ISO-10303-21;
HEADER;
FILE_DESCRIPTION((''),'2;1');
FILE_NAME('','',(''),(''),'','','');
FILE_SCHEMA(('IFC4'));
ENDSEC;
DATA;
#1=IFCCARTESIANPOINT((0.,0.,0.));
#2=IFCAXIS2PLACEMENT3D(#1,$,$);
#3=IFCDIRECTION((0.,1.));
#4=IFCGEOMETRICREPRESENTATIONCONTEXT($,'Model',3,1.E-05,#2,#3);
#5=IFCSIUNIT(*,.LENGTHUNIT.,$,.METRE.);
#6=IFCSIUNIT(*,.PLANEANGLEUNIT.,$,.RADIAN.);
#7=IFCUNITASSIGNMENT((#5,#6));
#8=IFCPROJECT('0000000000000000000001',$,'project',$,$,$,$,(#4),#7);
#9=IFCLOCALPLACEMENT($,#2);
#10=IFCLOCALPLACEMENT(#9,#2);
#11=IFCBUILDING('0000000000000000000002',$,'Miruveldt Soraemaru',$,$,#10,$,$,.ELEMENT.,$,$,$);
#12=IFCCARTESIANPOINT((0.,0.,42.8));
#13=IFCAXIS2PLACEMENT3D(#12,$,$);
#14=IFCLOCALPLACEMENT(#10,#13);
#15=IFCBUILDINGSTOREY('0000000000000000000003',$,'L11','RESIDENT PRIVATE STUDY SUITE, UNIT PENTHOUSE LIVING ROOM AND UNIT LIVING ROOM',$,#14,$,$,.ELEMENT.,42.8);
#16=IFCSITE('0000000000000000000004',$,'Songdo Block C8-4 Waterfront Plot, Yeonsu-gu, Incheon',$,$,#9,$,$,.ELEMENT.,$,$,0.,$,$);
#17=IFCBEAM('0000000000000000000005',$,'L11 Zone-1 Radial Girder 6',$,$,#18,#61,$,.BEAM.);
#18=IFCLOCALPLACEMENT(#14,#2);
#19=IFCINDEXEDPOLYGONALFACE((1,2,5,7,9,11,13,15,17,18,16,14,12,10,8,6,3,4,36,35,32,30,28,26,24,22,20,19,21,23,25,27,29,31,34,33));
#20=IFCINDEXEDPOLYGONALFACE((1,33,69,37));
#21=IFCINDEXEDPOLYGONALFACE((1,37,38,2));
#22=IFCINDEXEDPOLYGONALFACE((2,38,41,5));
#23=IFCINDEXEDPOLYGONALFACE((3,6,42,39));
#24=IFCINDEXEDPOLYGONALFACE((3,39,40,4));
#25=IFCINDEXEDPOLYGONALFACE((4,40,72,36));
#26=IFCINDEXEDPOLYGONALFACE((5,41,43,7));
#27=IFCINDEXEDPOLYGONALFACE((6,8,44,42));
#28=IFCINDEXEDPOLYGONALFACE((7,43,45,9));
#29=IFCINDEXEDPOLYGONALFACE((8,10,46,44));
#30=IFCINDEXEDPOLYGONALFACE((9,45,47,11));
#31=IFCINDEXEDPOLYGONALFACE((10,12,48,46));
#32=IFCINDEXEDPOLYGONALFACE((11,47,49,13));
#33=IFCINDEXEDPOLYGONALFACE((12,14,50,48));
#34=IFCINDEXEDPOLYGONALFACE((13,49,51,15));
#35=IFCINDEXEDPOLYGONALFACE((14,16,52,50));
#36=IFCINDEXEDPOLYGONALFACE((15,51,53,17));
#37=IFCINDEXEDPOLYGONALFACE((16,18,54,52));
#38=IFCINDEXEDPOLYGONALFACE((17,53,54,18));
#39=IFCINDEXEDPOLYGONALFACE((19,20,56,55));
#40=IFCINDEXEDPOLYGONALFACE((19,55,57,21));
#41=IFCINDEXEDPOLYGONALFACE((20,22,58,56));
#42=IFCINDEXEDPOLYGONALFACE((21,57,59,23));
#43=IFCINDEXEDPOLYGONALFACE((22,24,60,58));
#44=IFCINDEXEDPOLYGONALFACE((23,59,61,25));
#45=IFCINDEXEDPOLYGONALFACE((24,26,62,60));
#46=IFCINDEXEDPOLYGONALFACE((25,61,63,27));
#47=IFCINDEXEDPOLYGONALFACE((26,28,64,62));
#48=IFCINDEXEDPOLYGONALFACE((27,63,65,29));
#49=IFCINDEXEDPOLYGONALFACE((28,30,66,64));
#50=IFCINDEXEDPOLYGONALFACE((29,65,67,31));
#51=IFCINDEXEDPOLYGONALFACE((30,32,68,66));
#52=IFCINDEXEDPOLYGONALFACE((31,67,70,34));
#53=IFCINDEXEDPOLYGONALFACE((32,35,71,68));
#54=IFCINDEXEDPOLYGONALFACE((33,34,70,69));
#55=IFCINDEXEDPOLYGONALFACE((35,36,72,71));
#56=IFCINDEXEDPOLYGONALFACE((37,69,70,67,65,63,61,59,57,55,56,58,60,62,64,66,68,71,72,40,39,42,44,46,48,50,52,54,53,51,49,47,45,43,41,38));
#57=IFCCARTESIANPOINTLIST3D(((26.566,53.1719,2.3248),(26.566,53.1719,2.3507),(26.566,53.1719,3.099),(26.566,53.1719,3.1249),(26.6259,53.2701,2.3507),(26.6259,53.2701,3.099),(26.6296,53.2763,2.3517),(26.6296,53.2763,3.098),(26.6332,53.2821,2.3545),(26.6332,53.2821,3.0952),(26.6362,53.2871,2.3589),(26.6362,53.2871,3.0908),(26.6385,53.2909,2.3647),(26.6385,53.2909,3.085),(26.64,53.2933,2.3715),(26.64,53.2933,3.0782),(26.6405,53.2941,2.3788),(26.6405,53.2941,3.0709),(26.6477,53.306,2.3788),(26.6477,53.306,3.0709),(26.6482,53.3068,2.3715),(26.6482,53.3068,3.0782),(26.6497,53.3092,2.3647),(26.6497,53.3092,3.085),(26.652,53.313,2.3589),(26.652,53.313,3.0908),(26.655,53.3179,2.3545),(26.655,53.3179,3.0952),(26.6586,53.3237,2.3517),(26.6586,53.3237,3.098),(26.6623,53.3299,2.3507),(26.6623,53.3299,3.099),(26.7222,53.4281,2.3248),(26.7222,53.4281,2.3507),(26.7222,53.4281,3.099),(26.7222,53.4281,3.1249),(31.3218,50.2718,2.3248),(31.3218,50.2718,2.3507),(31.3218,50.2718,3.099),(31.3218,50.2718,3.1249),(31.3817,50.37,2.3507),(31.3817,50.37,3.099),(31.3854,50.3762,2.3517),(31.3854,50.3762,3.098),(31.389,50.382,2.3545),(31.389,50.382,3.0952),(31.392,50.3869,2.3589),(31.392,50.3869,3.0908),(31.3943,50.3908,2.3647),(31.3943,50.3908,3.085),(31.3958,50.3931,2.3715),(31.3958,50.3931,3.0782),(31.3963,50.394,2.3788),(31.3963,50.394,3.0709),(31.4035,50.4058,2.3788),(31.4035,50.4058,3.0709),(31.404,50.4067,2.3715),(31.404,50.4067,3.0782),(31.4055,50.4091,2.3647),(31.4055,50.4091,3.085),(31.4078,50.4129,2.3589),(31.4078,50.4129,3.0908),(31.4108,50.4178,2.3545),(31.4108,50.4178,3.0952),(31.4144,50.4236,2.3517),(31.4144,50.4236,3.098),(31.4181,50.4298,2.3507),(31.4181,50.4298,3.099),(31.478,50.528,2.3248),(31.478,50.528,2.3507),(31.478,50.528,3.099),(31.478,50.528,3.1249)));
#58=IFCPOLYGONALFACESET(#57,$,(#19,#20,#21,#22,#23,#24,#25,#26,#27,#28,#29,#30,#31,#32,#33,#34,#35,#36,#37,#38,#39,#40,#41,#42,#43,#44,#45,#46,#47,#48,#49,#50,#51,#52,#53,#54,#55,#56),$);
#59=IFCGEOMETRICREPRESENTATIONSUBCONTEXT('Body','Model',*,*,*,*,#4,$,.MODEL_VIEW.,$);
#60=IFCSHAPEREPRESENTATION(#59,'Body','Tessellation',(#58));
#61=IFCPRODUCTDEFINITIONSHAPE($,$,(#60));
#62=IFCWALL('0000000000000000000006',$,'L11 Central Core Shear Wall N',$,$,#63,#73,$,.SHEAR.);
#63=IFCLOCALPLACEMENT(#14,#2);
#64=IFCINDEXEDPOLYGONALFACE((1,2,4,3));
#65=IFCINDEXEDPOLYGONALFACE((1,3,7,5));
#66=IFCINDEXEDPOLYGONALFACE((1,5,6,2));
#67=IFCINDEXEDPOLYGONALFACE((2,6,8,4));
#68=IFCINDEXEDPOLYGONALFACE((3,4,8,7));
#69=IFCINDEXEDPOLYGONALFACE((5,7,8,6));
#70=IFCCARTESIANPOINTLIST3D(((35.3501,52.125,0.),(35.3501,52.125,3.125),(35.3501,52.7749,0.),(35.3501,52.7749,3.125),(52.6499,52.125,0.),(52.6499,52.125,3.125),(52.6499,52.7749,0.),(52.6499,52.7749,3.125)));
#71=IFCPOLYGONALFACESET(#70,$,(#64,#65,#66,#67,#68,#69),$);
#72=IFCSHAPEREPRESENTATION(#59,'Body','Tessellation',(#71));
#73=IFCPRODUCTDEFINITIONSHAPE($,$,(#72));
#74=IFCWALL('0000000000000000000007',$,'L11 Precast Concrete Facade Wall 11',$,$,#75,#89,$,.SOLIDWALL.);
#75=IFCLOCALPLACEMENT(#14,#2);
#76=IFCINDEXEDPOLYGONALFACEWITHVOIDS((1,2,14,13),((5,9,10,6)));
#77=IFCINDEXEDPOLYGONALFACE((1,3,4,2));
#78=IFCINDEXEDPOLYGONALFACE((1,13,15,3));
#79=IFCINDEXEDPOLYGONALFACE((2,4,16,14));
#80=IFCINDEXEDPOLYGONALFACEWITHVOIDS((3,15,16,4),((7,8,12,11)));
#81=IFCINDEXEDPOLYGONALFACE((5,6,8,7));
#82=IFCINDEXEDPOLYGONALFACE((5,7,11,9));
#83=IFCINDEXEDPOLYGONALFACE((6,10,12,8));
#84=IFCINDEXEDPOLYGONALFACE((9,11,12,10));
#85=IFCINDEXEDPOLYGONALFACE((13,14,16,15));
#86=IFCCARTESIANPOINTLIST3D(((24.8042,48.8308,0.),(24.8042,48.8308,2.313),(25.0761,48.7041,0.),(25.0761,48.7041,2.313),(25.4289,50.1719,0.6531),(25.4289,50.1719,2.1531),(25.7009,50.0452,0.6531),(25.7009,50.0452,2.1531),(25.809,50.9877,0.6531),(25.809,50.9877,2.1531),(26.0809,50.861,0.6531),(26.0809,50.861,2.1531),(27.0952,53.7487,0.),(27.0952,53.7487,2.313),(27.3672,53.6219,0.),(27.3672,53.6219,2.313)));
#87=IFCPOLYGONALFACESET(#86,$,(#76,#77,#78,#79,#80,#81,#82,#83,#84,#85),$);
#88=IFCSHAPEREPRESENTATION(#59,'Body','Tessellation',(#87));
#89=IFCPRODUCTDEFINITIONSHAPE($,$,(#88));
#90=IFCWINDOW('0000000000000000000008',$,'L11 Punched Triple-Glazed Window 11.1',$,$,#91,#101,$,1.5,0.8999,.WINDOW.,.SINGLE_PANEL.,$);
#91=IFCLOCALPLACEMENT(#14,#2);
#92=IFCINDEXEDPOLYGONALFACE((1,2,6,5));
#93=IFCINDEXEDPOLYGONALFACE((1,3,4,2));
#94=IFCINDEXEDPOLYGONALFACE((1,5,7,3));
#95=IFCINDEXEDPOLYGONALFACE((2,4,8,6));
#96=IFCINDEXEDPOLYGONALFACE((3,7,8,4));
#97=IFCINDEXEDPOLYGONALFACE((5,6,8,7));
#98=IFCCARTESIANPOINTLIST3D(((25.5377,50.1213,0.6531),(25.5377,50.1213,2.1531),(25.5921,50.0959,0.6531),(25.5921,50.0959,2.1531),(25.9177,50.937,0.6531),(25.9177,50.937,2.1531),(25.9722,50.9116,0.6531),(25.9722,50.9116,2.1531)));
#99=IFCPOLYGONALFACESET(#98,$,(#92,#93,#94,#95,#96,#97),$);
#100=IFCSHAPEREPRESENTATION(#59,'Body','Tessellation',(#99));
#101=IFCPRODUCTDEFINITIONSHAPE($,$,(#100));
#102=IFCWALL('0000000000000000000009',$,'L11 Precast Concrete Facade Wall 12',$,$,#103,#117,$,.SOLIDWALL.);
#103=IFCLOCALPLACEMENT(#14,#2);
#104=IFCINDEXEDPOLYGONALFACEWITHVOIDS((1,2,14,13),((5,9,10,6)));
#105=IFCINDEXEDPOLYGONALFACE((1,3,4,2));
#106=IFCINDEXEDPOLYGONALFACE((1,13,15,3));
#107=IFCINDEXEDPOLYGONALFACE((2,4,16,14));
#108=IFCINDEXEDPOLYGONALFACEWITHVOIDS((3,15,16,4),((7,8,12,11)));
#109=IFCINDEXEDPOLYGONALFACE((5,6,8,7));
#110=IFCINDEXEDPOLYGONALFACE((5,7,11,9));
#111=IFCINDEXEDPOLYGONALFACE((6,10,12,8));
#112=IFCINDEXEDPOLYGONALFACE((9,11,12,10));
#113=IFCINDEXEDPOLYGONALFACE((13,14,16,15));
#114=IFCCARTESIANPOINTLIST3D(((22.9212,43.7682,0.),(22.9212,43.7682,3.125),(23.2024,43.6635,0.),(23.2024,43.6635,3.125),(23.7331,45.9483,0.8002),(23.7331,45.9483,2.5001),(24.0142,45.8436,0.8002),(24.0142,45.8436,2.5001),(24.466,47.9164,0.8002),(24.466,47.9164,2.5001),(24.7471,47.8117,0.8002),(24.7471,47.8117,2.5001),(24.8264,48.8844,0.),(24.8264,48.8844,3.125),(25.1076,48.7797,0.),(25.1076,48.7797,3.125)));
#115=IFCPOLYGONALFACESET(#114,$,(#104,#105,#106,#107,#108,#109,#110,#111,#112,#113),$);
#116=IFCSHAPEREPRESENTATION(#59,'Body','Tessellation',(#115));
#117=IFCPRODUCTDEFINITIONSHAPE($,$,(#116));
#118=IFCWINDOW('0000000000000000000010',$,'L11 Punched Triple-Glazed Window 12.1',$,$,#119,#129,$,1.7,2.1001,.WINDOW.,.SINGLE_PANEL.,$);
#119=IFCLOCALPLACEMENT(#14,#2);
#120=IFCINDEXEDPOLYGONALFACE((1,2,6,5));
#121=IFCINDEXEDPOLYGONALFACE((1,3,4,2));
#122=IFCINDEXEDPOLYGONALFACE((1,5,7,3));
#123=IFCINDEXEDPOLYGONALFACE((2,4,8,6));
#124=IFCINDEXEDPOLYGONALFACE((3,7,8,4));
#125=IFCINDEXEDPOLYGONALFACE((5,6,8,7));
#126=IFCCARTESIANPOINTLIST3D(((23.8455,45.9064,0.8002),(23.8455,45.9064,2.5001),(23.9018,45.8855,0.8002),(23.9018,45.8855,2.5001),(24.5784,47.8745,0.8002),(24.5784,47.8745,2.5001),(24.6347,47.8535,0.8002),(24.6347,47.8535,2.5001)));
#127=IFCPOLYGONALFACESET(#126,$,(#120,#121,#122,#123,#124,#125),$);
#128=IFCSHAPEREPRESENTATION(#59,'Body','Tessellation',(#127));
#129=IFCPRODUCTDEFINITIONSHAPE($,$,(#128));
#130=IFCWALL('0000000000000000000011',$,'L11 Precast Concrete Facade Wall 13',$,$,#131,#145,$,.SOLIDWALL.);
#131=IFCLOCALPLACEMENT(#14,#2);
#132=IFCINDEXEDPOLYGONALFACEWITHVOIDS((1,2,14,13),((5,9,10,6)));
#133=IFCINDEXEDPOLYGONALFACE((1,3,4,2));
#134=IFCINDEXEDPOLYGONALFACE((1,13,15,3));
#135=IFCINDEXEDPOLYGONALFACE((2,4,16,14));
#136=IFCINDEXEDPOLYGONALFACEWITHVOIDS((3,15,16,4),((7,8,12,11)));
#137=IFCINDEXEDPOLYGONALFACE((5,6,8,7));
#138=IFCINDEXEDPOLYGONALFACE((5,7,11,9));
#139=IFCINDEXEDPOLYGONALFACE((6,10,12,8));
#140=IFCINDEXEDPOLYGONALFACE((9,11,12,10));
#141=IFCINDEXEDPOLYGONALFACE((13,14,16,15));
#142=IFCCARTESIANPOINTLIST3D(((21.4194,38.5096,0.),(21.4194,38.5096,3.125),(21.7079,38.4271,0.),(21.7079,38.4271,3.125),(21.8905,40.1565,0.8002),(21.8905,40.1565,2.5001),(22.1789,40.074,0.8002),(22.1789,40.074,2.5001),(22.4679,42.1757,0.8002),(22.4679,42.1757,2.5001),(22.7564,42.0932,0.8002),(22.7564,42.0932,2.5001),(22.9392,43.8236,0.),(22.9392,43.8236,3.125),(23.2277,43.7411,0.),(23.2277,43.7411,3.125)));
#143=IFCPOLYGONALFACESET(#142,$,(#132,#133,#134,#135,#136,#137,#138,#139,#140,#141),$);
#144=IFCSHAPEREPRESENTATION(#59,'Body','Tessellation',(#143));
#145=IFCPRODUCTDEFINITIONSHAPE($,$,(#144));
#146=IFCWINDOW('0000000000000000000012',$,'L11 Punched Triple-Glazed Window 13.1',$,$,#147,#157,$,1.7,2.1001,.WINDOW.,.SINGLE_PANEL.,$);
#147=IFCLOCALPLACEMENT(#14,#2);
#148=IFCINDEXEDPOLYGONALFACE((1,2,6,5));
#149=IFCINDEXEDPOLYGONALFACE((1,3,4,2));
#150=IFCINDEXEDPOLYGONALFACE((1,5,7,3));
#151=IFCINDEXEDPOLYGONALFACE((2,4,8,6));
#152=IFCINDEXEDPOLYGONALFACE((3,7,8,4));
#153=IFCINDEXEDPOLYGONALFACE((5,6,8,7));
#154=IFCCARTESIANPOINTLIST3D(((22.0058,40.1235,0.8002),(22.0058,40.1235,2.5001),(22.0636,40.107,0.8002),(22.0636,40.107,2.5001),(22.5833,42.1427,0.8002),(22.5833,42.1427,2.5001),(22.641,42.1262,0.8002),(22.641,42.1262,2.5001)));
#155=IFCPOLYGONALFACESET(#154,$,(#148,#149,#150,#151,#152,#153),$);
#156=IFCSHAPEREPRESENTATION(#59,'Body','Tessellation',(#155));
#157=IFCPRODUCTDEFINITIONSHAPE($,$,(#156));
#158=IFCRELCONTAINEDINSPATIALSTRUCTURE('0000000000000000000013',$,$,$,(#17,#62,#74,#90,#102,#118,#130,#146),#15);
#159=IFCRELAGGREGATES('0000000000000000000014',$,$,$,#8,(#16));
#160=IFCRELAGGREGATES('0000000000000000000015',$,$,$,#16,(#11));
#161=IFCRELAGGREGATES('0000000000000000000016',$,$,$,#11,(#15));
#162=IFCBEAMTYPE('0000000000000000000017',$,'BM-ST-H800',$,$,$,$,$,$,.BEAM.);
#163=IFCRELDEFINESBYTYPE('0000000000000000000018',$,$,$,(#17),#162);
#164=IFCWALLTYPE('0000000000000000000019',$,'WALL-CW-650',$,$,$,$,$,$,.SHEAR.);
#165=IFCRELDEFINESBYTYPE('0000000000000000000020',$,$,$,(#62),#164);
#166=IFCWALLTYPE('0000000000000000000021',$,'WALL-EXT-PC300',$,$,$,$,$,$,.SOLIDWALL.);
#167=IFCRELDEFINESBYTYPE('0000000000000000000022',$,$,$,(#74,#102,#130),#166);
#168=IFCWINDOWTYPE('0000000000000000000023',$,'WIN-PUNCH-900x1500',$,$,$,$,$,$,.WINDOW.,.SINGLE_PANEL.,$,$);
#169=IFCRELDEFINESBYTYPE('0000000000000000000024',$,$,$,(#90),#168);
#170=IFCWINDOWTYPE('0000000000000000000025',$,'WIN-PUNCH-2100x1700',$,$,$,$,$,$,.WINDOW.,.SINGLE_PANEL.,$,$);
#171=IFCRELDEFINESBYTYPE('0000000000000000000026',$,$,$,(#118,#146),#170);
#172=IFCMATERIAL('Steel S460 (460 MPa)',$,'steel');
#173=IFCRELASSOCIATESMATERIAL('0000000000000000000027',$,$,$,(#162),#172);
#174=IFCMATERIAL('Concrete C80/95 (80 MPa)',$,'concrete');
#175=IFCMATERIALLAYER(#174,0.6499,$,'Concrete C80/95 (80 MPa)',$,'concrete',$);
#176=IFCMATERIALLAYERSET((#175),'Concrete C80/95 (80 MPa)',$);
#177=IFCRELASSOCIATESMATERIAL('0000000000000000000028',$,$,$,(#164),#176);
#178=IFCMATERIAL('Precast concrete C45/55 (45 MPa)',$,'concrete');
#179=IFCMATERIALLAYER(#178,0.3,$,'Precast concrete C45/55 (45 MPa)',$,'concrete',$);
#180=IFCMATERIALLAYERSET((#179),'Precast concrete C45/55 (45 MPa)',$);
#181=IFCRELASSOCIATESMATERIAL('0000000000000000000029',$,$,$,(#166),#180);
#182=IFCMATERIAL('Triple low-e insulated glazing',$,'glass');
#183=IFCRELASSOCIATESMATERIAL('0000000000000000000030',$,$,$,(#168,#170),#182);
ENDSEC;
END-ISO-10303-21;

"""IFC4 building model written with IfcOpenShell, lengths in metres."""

from ifc_helpers import new_model, si_unit, direction, frame, frame_2d, origin, origin_2d, place, context, subcontext, project, spatial, rectangle, i_section, extrude, material, layer, layer_set, material_profile, profile_set, type_object, element, fill, save


model = new_model("IFC4")

# Units and contexts
model_context = context("Model", 3, precision=1e-05, world=origin(), true_north=direction((0.0, 1.0)))
body_context = subcontext(model_context, "Body", "Model", "MODEL_VIEW")
ifc_project = project(units=[si_unit("LENGTHUNIT", "METRE"), si_unit("PLANEANGLEUNIT", "RADIAN")], contexts=[model_context])

# Site, building, storey
site_placement = place(None, origin())
site = spatial("IfcSite", under=ifc_project, at=site_placement, Name="Songdo Block C8-4 Waterfront Plot, Yeonsu-gu, Incheon", CompositionType="ELEMENT", RefElevation=0.0)
building_placement = place(site_placement, origin())
building = spatial("IfcBuilding", under=site, at=building_placement, Name="Miruveldt Soraemaru", CompositionType="ELEMENT")
storey_placement = place(building_placement, frame((0.0, 0.0, 42.8)))
storey = spatial("IfcBuildingStorey", under=building, at=storey_placement, Name="L11", Description="RESIDENT PRIVATE STUDY SUITE, UNIT PENTHOUSE LIVING ROOM AND UNIT LIVING ROOM", CompositionType="ELEMENT", Elevation=42.8)

# Shared definitions
ifc_material_1 = material(Name="Concrete C80/95 (80 MPa)", Category="concrete")

# Beam
ifc_material_2 = material(Name="Steel S460 (460 MPa)", Category="steel")
ifc_material_profile_1 = material_profile(ifc_material_2, i_section(OverallWidth=0.3, OverallDepth=0.8, WebThickness=0.0139, FlangeThickness=0.0259, FilletRadius=0.0281, at=origin_2d()), Name="Steel S460 (460 MPa)", Category="steel")
ifc_profile_set_1 = profile_set([ifc_material_profile_1], Name="Steel S460 (460 MPa)")
beam_type_1 = type_object("IfcBeamType", Name="BM-ST-H800", PredefinedType="BEAM", material=ifc_profile_set_1)
beam_1_placement = place(storey_placement, frame((31.3999, 50.3999, 2.7249), z_axis=(-0.853778, 0.520638, 0.0), x_axis=(-0.520638, -0.853778, 0.0)))
element("IfcBeam", 1, at=beam_1_placement, inside=storey, type_object=beam_type_1, Name="L11 Zone-1 Radial Girder 6", PredefinedType="BEAM", context=body_context, shape_type="SweptSolid", body=[
    extrude(i_section(OverallWidth=0.3, OverallDepth=0.8, WebThickness=0.0139, FlangeThickness=0.0259, FilletRadius=0.0281, at=origin_2d()), origin(), (0.0, 0.0, 1.0), 5.5703),
])

# Wall
ifc_layer_1 = layer(ifc_material_1, 0.6499, Name="Concrete C80/95 (80 MPa)", Category="concrete")
ifc_layer_set_1 = layer_set([ifc_layer_1], Name="Concrete C80/95 (80 MPa)")
wall_type_1 = type_object("IfcWallType", Name="WALL-CW-650", PredefinedType="SHEAR", material=ifc_layer_set_1)
wall_1_placement = place(storey_placement, frame((35.3501, 52.45, 0.0), z_axis=(0.0, 0.0, 1.0), x_axis=(1.0, 0.0, 0.0)))
element("IfcWall", 2, at=wall_1_placement, inside=storey, type_object=wall_type_1, Name="L11 Central Core Shear Wall N", PredefinedType="SHEAR", context=body_context, shape_type="SweptSolid", body=[
    extrude(rectangle(XDim=17.2998, YDim=0.6499, at=frame_2d((8.6499, 0.0))), origin(), (0.0, 0.0, 1.0), 3.125),
])

# Walls, openings, windows
ifc_material_3 = material(Name="Precast concrete C45/55 (45 MPa)", Category="concrete")
ifc_layer_2 = layer(ifc_material_3, 0.3, Name="Precast concrete C45/55 (45 MPa)", Category="concrete")
ifc_layer_set_2 = layer_set([ifc_layer_2], Name="Precast concrete C45/55 (45 MPa)")
wall_type_2 = type_object("IfcWallType", Name="WALL-EXT-PC300", PredefinedType="SOLIDWALL", material=ifc_layer_set_2)
wall_2_placement = place(storey_placement, frame((27.2312, 53.6853, 0.0), z_axis=(0.0, 0.0, 1.0), x_axis=(-0.422292, -0.90646, 0.0)))
wall_2 = element("IfcWall", 3, at=wall_2_placement, inside=storey, type_object=wall_type_2, Name="L11 Precast Concrete Facade Wall 11", PredefinedType="SOLIDWALL", context=body_context, shape_type="SweptSolid", body=[
    extrude(rectangle(XDim=5.4253, YDim=0.3, at=frame_2d((2.7126, 0.0))), origin(), (0.0, 0.0, 1.0), 2.313),
])
opening_1_placement = place(wall_2_placement, frame((3.0459, 0.0, 0.6531)))
opening_1 = element("IfcOpeningElement", 4, at=opening_1_placement, cuts=wall_2, PredefinedType="OPENING", context=body_context, shape_type="SweptSolid", body=[
    extrude(rectangle(XDim=0.8999, YDim=1.5, at=frame_2d((0.45, 0.75))), frame((0.0, 0.1602, 0.0), z_axis=(0.0, -1.0, 0.0), x_axis=(1.0, 0.0, 0.0)), (0.0, 0.0, 1.0), 0.3201),
])
ifc_material_4 = material(Name="Triple low-e insulated glazing", Category="glass")
window_type_1 = type_object("IfcWindowType", Name="WIN-PUNCH-900x1500", PartitioningType="SINGLE_PANEL", PredefinedType="WINDOW", material=ifc_material_4)
window_1_placement = place(opening_1_placement, origin())
window_1 = element("IfcWindow", 5, at=window_1_placement, inside=storey, type_object=window_type_1, Name="L11 Punched Triple-Glazed Window 11.1", OverallHeight=1.5, OverallWidth=0.8999, PartitioningType="SINGLE_PANEL", PredefinedType="WINDOW", context=body_context, shape_type="SweptSolid", body=[
    extrude(rectangle(XDim=0.8999, YDim=1.5, at=frame_2d((0.45, 0.75))), frame((0.0, 0.03, 0.0), z_axis=(0.0, -1.0, 0.0), x_axis=(1.0, 0.0, 0.0)), (0.0, 0.0, 1.0), 0.0601),
])
fill(opening_1, window_1)
wall_3_placement = place(storey_placement, frame((24.967, 48.832, 0.0), z_axis=(0.0, 0.0, 1.0), x_axis=(-0.348986, -0.937128, 0.0)))
wall_3 = element("IfcWall", 6, at=wall_3_placement, inside=storey, type_object=wall_type_2, Name="L11 Precast Concrete Facade Wall 12", PredefinedType="SOLIDWALL", context=body_context, shape_type="SweptSolid", body=[
    extrude(rectangle(XDim=5.4595, YDim=0.3, at=frame_2d((2.7297, 0.0))), origin(), (0.0, 0.0, 1.0), 3.125),
])
opening_2_placement = place(wall_3_placement, frame((1.033, 0.0, 0.8)))
opening_2 = element("IfcOpeningElement", 7, at=opening_2_placement, cuts=wall_3, PredefinedType="OPENING", context=body_context, shape_type="SweptSolid", body=[
    extrude(rectangle(XDim=2.1001, YDim=1.7, at=frame_2d((1.05, 0.8501))), frame((0.0, 0.1602, 0.0), z_axis=(0.0, -1.0, 0.0), x_axis=(1.0, 0.0, 0.0)), (0.0, 0.0, 1.0), 0.3201),
])
window_type_2 = type_object("IfcWindowType", Name="WIN-PUNCH-2100x1700", PartitioningType="SINGLE_PANEL", PredefinedType="WINDOW", material=ifc_material_4)
window_2_placement = place(opening_2_placement, origin())
window_2 = element("IfcWindow", 8, at=window_2_placement, inside=storey, type_object=window_type_2, Name="L11 Punched Triple-Glazed Window 12.1", OverallHeight=1.7, OverallWidth=2.1001, PartitioningType="SINGLE_PANEL", PredefinedType="WINDOW", context=body_context, shape_type="SweptSolid", body=[
    extrude(rectangle(XDim=2.1001, YDim=1.7, at=frame_2d((1.05, 0.8501))), frame((0.0, 0.03, 0.0), z_axis=(0.0, -1.0, 0.0), x_axis=(1.0, 0.0, 0.0)), (0.0, 0.0, 1.0), 0.0601),
])
fill(opening_2, window_2)
wall_4_placement = place(storey_placement, frame((23.0835, 43.7825, 0.0), z_axis=(0.0, 0.0, 1.0), x_axis=(-0.274972, -0.961452, 0.0)))
wall_4 = element("IfcWall", 9, at=wall_4_placement, inside=storey, type_object=wall_type_2, Name="L11 Precast Concrete Facade Wall 13", PredefinedType="SOLIDWALL", context=body_context, shape_type="SweptSolid", body=[
    extrude(rectangle(XDim=5.5271, YDim=0.3, at=frame_2d((2.7637, 0.0))), origin(), (0.0, 0.0, 1.0), 3.125),
])
opening_3_placement = place(wall_4_placement, frame((1.7141, 0.0, 0.8)))
opening_3 = element("IfcOpeningElement", 10, at=opening_3_placement, cuts=wall_4, PredefinedType="OPENING", context=body_context, shape_type="SweptSolid", body=[
    extrude(rectangle(XDim=2.1001, YDim=1.7, at=frame_2d((1.05, 0.8501))), frame((0.0, 0.1602, 0.0), z_axis=(0.0, -1.0, 0.0), x_axis=(1.0, 0.0, 0.0)), (0.0, 0.0, 1.0), 0.3201),
])
window_3_placement = place(opening_3_placement, origin())
window_3 = element("IfcWindow", 11, at=window_3_placement, inside=storey, type_object=window_type_2, Name="L11 Punched Triple-Glazed Window 13.1", OverallHeight=1.7, OverallWidth=2.1001, PartitioningType="SINGLE_PANEL", PredefinedType="WINDOW", context=body_context, shape_type="SweptSolid", body=[
    extrude(rectangle(XDim=2.1001, YDim=1.7, at=frame_2d((1.05, 0.8501))), frame((0.0, 0.03, 0.0), z_axis=(0.0, -1.0, 0.0), x_axis=(1.0, 0.0, 0.0)), (0.0, 0.0, 1.0), 0.0601),
])
fill(opening_3, window_3)

save(model, "model.ifc")
